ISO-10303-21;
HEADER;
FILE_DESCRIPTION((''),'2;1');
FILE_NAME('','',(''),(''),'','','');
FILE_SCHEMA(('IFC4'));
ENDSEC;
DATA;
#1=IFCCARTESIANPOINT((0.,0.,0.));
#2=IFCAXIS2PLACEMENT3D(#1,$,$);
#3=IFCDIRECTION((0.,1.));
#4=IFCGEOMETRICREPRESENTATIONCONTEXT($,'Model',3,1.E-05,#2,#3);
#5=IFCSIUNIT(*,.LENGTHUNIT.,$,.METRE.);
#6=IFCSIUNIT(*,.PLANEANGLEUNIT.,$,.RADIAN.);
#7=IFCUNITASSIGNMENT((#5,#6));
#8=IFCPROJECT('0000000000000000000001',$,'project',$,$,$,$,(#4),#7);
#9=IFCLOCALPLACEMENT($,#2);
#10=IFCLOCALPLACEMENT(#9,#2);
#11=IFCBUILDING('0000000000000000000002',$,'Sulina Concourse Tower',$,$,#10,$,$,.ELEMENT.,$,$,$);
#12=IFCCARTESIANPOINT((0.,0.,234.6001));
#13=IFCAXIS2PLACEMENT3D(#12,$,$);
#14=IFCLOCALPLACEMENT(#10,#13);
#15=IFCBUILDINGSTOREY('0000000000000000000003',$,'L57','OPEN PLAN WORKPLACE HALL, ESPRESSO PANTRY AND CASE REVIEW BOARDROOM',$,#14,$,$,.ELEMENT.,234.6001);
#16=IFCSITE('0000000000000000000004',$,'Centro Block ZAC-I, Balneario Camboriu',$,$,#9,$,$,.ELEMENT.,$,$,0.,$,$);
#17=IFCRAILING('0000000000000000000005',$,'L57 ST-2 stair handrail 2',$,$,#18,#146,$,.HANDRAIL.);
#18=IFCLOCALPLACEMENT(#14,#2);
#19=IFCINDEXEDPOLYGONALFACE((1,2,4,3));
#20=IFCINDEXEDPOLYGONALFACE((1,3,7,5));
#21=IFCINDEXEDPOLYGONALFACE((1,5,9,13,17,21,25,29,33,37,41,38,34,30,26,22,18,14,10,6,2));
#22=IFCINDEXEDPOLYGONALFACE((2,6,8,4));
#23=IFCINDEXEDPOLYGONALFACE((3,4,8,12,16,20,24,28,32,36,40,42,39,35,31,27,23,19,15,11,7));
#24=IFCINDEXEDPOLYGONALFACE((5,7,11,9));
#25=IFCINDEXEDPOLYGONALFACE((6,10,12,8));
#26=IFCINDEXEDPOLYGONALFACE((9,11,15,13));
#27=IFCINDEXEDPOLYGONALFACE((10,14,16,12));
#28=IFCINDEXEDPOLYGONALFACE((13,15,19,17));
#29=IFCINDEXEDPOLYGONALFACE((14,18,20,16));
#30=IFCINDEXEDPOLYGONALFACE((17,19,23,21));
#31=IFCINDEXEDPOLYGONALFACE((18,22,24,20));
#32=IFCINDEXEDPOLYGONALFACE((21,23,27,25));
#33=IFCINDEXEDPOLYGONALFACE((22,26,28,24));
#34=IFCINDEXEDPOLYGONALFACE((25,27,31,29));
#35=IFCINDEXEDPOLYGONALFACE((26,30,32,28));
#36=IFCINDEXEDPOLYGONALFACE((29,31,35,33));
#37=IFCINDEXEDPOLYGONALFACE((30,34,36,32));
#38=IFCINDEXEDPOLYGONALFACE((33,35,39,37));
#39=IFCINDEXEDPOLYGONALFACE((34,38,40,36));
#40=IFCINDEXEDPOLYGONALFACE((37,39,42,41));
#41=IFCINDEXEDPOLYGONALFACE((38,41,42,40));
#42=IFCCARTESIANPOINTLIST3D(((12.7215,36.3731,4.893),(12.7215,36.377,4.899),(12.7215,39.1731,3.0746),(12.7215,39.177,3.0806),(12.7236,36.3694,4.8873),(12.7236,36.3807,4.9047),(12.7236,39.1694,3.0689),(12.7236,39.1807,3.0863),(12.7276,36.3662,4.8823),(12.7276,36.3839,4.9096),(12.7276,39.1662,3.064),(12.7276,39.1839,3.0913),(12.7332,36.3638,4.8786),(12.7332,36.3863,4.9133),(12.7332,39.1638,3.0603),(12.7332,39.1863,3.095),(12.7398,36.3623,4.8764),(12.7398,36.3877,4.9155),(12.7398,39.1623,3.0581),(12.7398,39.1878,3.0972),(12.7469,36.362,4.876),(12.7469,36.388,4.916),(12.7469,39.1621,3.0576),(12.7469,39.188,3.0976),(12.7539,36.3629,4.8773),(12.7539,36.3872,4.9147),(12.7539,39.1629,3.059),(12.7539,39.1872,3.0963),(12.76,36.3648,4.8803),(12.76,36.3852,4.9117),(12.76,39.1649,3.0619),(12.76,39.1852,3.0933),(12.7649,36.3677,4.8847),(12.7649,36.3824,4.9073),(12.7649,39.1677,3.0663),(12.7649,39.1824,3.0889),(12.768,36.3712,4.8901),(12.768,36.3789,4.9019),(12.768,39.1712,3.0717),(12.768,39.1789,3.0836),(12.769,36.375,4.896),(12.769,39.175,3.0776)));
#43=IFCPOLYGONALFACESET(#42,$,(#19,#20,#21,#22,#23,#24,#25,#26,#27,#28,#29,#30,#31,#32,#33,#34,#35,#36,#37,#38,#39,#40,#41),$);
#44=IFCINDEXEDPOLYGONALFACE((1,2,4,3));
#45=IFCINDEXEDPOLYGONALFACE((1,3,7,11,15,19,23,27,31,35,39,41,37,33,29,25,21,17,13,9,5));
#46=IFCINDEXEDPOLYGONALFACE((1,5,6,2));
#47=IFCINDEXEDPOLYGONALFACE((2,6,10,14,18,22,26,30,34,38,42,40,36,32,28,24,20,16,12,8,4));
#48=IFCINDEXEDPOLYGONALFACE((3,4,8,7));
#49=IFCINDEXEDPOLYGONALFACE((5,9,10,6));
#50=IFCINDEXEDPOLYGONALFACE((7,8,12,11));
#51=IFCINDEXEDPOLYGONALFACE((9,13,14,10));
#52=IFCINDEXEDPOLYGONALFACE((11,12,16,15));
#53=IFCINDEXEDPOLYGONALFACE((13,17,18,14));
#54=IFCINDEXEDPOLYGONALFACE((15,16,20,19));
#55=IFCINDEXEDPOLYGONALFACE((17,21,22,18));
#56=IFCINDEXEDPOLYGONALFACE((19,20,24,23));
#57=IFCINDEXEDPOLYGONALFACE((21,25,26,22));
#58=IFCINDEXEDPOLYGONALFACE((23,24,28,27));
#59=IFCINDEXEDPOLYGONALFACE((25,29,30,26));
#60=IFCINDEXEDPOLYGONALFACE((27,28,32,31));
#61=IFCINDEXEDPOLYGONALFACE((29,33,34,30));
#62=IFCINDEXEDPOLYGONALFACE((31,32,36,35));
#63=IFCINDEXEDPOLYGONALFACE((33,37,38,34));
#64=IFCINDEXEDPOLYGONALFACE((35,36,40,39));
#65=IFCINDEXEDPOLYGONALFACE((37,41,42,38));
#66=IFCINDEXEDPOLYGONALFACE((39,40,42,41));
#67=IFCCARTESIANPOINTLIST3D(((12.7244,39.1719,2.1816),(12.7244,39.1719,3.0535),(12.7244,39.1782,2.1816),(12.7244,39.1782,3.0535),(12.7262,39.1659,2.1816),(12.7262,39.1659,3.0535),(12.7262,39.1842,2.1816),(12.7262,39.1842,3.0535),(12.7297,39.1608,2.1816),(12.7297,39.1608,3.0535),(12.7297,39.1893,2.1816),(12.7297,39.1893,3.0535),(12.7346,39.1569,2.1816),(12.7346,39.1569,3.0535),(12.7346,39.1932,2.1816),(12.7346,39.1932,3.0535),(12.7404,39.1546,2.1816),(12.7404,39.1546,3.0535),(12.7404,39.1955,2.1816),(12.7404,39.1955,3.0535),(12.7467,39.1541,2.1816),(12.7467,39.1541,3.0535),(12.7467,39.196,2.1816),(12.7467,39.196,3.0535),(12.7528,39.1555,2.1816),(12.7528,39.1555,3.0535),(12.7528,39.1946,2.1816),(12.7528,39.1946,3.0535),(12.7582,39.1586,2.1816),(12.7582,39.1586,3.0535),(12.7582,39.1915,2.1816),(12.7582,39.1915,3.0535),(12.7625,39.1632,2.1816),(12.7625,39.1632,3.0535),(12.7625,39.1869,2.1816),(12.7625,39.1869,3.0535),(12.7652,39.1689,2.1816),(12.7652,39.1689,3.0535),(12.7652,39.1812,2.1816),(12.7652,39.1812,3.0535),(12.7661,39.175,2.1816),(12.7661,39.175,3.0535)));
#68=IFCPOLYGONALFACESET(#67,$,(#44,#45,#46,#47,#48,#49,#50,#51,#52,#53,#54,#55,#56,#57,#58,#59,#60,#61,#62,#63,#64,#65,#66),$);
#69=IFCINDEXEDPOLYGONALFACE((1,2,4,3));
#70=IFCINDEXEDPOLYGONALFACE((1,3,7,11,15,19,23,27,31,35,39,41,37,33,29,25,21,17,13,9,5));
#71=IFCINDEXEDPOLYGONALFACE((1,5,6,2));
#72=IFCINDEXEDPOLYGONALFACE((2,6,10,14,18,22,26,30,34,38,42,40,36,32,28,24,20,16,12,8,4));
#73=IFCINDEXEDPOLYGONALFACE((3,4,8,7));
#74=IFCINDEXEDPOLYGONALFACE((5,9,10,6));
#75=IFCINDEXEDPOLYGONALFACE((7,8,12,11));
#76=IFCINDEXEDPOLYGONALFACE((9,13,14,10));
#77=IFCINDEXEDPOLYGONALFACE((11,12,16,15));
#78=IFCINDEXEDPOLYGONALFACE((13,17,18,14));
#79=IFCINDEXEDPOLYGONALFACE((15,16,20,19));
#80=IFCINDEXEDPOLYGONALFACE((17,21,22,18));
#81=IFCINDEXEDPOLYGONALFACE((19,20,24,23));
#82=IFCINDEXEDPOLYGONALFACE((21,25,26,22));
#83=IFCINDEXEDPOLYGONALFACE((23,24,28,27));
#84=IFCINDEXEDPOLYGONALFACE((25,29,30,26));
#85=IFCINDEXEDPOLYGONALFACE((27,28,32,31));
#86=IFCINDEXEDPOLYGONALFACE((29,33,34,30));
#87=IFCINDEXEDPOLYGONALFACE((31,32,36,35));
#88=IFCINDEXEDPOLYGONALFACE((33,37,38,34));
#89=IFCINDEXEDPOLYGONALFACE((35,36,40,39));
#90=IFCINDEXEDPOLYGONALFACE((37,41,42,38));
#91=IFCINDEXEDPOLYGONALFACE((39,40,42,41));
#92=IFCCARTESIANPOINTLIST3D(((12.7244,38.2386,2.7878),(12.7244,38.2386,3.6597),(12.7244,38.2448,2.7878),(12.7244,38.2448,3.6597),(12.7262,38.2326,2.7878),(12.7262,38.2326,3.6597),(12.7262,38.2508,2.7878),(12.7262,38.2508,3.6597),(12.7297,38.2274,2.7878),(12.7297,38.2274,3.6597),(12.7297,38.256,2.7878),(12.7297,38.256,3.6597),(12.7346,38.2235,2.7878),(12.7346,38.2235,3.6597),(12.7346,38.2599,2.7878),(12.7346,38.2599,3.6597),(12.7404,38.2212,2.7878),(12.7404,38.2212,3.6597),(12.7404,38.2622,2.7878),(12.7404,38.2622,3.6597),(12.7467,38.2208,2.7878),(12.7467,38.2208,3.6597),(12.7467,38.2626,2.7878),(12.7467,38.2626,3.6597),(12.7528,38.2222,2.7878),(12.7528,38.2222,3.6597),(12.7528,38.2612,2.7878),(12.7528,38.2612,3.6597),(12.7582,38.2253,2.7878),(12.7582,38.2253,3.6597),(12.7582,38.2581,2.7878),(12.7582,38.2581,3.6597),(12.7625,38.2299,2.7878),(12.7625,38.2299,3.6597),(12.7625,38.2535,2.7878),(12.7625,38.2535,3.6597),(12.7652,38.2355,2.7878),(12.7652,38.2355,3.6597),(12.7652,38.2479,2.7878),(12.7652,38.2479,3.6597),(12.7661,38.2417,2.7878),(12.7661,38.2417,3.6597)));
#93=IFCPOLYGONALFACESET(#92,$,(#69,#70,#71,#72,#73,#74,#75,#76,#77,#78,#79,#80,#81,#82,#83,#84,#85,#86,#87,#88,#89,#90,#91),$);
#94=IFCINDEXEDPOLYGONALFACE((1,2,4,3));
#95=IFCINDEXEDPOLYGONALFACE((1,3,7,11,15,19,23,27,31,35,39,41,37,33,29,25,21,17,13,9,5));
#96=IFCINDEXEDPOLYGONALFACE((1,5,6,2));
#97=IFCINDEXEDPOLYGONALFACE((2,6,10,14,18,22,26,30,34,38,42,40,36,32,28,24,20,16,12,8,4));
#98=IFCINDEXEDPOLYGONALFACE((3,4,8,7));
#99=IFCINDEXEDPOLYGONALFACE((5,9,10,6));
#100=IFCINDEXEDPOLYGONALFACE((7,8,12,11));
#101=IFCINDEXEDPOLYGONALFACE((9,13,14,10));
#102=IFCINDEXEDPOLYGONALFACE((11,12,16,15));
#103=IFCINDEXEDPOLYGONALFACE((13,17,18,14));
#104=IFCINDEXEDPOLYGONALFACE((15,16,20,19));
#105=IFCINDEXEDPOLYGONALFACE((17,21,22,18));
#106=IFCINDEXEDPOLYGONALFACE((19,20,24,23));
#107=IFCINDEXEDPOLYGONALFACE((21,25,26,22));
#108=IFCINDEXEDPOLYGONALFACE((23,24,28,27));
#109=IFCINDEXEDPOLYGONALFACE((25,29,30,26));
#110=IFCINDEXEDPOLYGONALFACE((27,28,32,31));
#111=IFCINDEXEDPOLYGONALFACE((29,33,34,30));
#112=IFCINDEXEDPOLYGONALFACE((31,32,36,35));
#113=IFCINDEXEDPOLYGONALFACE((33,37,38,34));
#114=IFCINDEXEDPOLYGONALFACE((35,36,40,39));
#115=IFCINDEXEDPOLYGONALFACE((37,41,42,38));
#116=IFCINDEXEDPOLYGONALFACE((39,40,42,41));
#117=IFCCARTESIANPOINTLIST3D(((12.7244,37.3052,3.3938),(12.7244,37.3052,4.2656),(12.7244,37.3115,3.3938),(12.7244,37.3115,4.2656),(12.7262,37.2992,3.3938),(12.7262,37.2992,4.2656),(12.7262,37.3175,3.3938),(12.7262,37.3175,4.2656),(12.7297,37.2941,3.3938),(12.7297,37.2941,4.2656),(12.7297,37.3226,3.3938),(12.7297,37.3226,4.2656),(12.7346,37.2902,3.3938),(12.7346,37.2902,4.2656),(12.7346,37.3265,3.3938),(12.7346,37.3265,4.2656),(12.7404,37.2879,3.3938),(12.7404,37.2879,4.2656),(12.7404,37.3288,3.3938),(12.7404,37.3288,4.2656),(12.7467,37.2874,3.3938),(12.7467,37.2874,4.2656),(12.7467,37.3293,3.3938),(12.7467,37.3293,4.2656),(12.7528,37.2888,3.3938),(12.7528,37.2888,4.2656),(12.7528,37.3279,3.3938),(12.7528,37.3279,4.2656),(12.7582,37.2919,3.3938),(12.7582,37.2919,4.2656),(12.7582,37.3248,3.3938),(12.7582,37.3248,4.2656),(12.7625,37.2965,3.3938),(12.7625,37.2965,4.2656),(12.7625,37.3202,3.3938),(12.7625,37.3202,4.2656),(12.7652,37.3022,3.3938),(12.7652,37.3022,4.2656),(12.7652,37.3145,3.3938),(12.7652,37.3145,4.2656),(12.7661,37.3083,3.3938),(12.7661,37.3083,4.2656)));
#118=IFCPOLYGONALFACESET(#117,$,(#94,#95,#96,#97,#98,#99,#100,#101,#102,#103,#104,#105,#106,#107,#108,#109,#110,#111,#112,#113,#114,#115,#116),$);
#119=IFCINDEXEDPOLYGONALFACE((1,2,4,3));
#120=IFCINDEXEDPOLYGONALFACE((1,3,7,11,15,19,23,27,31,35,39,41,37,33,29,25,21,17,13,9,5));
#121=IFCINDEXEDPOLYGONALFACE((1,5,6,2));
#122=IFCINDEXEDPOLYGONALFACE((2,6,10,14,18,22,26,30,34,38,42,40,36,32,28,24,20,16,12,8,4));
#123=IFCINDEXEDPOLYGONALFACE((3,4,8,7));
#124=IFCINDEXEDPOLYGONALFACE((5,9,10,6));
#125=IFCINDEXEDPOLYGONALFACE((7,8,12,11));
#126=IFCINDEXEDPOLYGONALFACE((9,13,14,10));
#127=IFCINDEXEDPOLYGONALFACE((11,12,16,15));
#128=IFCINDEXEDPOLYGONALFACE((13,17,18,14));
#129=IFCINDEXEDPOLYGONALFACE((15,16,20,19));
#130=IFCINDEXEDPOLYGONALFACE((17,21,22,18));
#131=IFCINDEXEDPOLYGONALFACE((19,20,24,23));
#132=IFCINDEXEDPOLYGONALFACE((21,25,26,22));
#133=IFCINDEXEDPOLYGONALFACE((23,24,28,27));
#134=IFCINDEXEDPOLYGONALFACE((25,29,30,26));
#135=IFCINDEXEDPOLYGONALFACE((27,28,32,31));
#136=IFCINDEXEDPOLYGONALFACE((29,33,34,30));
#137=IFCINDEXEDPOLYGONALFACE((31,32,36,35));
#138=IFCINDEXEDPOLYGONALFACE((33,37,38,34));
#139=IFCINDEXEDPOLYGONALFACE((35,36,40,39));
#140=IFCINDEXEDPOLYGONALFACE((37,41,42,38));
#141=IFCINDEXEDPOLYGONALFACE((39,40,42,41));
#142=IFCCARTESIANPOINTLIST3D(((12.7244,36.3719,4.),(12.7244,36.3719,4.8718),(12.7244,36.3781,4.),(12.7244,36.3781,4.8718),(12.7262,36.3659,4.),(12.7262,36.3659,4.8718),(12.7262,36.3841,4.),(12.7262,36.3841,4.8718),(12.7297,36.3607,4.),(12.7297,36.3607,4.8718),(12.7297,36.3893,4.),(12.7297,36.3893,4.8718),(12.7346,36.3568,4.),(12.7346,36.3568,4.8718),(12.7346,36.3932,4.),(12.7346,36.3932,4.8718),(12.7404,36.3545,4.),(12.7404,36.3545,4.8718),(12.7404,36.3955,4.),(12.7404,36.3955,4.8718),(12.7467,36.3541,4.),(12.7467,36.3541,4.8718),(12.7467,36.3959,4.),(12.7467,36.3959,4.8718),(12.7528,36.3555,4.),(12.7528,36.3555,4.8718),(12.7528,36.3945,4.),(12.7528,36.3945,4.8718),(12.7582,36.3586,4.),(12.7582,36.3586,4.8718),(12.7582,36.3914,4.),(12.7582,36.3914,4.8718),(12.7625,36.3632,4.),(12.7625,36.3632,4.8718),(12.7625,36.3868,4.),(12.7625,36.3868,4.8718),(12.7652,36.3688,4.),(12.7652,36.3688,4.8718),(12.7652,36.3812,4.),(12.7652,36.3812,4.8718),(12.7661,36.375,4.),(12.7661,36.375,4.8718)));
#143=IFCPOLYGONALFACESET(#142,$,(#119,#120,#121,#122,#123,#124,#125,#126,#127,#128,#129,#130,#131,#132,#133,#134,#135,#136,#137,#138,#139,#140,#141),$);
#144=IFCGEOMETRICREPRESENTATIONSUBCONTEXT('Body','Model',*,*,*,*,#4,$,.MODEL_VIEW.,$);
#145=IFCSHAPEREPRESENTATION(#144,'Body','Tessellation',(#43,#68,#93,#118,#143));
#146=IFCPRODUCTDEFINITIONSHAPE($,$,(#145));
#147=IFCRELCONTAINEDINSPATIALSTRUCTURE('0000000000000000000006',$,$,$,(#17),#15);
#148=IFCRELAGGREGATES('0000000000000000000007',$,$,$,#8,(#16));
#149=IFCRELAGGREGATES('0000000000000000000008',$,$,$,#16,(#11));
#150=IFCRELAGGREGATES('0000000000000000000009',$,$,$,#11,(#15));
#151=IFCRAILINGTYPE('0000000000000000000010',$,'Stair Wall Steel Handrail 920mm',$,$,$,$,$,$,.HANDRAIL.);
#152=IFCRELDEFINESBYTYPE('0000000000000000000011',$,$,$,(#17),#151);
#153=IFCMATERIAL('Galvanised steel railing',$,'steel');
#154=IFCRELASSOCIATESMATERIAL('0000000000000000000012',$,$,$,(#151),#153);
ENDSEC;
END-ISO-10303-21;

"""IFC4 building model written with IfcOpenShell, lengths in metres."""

from ifc_helpers import new_model, si_unit, direction, frame, origin, origin_2d, place, context, subcontext, project, spatial, circle, extrude, material, type_object, element, save


model = new_model("IFC4")

# Units and contexts
model_context = context("Model", 3, precision=1e-05, world=origin(), true_north=direction((0.0, 1.0)))
body_context = subcontext(model_context, "Body", "Model", "MODEL_VIEW")
ifc_project = project(units=[si_unit("LENGTHUNIT", "METRE"), si_unit("PLANEANGLEUNIT", "RADIAN")], contexts=[model_context])

# Site, building, storey
site_placement = place(None, origin())
site = spatial("IfcSite", under=ifc_project, at=site_placement, Name="Centro Block ZAC-I, Balneario Camboriu", CompositionType="ELEMENT", RefElevation=0.0)
building_placement = place(site_placement, origin())
building = spatial("IfcBuilding", under=site, at=building_placement, Name="Sulina Concourse Tower", CompositionType="ELEMENT")
storey_placement = place(building_placement, frame((0.0, 0.0, 234.6001)))
storey = spatial("IfcBuildingStorey", under=building, at=storey_placement, Name="L57", Description="OPEN PLAN WORKPLACE HALL, ESPRESSO PANTRY AND CASE REVIEW BOARDROOM", CompositionType="ELEMENT", Elevation=234.6001)

# Railing
ifc_material_1 = material(Name="Galvanised steel railing", Category="steel")
railing_type_1 = type_object("IfcRailingType", Name="Stair Wall Steel Handrail 920mm", PredefinedType="HANDRAIL", material=ifc_material_1)
railing_1_placement = place(storey_placement, frame((12.7451, 39.175, 2.1816)))
element("IfcRailing", 1, at=railing_1_placement, inside=storey, type_object=railing_type_1, Name="L57 ST-2 stair handrail 2", PredefinedType="HANDRAIL", context=body_context, shape_type="SweptSolid", body=[
    extrude(circle(Radius=0.0239, at=origin_2d()), frame((0.0, 0.0, 0.896), z_axis=(0.0, -0.838672, 0.544636), x_axis=(1.0, 0.0, 0.0)), (0.0, 0.0, 1.0), 3.3386),
    extrude(circle(Radius=0.021, at=origin_2d()), origin(), (0.0, 0.0, 1.0), 0.8718),
    extrude(circle(Radius=0.021, at=origin_2d()), frame((0.0, -0.9333, 0.6062)), (0.0, 0.0, 1.0), 0.8718),
    extrude(circle(Radius=0.021, at=origin_2d()), frame((0.0, -1.8667, 1.2122)), (0.0, 0.0, 1.0), 0.8718),
    extrude(circle(Radius=0.021, at=origin_2d()), frame((0.0, -2.8, 1.8184)), (0.0, 0.0, 1.0), 0.8718),
])

save(model, "model.ifc")
